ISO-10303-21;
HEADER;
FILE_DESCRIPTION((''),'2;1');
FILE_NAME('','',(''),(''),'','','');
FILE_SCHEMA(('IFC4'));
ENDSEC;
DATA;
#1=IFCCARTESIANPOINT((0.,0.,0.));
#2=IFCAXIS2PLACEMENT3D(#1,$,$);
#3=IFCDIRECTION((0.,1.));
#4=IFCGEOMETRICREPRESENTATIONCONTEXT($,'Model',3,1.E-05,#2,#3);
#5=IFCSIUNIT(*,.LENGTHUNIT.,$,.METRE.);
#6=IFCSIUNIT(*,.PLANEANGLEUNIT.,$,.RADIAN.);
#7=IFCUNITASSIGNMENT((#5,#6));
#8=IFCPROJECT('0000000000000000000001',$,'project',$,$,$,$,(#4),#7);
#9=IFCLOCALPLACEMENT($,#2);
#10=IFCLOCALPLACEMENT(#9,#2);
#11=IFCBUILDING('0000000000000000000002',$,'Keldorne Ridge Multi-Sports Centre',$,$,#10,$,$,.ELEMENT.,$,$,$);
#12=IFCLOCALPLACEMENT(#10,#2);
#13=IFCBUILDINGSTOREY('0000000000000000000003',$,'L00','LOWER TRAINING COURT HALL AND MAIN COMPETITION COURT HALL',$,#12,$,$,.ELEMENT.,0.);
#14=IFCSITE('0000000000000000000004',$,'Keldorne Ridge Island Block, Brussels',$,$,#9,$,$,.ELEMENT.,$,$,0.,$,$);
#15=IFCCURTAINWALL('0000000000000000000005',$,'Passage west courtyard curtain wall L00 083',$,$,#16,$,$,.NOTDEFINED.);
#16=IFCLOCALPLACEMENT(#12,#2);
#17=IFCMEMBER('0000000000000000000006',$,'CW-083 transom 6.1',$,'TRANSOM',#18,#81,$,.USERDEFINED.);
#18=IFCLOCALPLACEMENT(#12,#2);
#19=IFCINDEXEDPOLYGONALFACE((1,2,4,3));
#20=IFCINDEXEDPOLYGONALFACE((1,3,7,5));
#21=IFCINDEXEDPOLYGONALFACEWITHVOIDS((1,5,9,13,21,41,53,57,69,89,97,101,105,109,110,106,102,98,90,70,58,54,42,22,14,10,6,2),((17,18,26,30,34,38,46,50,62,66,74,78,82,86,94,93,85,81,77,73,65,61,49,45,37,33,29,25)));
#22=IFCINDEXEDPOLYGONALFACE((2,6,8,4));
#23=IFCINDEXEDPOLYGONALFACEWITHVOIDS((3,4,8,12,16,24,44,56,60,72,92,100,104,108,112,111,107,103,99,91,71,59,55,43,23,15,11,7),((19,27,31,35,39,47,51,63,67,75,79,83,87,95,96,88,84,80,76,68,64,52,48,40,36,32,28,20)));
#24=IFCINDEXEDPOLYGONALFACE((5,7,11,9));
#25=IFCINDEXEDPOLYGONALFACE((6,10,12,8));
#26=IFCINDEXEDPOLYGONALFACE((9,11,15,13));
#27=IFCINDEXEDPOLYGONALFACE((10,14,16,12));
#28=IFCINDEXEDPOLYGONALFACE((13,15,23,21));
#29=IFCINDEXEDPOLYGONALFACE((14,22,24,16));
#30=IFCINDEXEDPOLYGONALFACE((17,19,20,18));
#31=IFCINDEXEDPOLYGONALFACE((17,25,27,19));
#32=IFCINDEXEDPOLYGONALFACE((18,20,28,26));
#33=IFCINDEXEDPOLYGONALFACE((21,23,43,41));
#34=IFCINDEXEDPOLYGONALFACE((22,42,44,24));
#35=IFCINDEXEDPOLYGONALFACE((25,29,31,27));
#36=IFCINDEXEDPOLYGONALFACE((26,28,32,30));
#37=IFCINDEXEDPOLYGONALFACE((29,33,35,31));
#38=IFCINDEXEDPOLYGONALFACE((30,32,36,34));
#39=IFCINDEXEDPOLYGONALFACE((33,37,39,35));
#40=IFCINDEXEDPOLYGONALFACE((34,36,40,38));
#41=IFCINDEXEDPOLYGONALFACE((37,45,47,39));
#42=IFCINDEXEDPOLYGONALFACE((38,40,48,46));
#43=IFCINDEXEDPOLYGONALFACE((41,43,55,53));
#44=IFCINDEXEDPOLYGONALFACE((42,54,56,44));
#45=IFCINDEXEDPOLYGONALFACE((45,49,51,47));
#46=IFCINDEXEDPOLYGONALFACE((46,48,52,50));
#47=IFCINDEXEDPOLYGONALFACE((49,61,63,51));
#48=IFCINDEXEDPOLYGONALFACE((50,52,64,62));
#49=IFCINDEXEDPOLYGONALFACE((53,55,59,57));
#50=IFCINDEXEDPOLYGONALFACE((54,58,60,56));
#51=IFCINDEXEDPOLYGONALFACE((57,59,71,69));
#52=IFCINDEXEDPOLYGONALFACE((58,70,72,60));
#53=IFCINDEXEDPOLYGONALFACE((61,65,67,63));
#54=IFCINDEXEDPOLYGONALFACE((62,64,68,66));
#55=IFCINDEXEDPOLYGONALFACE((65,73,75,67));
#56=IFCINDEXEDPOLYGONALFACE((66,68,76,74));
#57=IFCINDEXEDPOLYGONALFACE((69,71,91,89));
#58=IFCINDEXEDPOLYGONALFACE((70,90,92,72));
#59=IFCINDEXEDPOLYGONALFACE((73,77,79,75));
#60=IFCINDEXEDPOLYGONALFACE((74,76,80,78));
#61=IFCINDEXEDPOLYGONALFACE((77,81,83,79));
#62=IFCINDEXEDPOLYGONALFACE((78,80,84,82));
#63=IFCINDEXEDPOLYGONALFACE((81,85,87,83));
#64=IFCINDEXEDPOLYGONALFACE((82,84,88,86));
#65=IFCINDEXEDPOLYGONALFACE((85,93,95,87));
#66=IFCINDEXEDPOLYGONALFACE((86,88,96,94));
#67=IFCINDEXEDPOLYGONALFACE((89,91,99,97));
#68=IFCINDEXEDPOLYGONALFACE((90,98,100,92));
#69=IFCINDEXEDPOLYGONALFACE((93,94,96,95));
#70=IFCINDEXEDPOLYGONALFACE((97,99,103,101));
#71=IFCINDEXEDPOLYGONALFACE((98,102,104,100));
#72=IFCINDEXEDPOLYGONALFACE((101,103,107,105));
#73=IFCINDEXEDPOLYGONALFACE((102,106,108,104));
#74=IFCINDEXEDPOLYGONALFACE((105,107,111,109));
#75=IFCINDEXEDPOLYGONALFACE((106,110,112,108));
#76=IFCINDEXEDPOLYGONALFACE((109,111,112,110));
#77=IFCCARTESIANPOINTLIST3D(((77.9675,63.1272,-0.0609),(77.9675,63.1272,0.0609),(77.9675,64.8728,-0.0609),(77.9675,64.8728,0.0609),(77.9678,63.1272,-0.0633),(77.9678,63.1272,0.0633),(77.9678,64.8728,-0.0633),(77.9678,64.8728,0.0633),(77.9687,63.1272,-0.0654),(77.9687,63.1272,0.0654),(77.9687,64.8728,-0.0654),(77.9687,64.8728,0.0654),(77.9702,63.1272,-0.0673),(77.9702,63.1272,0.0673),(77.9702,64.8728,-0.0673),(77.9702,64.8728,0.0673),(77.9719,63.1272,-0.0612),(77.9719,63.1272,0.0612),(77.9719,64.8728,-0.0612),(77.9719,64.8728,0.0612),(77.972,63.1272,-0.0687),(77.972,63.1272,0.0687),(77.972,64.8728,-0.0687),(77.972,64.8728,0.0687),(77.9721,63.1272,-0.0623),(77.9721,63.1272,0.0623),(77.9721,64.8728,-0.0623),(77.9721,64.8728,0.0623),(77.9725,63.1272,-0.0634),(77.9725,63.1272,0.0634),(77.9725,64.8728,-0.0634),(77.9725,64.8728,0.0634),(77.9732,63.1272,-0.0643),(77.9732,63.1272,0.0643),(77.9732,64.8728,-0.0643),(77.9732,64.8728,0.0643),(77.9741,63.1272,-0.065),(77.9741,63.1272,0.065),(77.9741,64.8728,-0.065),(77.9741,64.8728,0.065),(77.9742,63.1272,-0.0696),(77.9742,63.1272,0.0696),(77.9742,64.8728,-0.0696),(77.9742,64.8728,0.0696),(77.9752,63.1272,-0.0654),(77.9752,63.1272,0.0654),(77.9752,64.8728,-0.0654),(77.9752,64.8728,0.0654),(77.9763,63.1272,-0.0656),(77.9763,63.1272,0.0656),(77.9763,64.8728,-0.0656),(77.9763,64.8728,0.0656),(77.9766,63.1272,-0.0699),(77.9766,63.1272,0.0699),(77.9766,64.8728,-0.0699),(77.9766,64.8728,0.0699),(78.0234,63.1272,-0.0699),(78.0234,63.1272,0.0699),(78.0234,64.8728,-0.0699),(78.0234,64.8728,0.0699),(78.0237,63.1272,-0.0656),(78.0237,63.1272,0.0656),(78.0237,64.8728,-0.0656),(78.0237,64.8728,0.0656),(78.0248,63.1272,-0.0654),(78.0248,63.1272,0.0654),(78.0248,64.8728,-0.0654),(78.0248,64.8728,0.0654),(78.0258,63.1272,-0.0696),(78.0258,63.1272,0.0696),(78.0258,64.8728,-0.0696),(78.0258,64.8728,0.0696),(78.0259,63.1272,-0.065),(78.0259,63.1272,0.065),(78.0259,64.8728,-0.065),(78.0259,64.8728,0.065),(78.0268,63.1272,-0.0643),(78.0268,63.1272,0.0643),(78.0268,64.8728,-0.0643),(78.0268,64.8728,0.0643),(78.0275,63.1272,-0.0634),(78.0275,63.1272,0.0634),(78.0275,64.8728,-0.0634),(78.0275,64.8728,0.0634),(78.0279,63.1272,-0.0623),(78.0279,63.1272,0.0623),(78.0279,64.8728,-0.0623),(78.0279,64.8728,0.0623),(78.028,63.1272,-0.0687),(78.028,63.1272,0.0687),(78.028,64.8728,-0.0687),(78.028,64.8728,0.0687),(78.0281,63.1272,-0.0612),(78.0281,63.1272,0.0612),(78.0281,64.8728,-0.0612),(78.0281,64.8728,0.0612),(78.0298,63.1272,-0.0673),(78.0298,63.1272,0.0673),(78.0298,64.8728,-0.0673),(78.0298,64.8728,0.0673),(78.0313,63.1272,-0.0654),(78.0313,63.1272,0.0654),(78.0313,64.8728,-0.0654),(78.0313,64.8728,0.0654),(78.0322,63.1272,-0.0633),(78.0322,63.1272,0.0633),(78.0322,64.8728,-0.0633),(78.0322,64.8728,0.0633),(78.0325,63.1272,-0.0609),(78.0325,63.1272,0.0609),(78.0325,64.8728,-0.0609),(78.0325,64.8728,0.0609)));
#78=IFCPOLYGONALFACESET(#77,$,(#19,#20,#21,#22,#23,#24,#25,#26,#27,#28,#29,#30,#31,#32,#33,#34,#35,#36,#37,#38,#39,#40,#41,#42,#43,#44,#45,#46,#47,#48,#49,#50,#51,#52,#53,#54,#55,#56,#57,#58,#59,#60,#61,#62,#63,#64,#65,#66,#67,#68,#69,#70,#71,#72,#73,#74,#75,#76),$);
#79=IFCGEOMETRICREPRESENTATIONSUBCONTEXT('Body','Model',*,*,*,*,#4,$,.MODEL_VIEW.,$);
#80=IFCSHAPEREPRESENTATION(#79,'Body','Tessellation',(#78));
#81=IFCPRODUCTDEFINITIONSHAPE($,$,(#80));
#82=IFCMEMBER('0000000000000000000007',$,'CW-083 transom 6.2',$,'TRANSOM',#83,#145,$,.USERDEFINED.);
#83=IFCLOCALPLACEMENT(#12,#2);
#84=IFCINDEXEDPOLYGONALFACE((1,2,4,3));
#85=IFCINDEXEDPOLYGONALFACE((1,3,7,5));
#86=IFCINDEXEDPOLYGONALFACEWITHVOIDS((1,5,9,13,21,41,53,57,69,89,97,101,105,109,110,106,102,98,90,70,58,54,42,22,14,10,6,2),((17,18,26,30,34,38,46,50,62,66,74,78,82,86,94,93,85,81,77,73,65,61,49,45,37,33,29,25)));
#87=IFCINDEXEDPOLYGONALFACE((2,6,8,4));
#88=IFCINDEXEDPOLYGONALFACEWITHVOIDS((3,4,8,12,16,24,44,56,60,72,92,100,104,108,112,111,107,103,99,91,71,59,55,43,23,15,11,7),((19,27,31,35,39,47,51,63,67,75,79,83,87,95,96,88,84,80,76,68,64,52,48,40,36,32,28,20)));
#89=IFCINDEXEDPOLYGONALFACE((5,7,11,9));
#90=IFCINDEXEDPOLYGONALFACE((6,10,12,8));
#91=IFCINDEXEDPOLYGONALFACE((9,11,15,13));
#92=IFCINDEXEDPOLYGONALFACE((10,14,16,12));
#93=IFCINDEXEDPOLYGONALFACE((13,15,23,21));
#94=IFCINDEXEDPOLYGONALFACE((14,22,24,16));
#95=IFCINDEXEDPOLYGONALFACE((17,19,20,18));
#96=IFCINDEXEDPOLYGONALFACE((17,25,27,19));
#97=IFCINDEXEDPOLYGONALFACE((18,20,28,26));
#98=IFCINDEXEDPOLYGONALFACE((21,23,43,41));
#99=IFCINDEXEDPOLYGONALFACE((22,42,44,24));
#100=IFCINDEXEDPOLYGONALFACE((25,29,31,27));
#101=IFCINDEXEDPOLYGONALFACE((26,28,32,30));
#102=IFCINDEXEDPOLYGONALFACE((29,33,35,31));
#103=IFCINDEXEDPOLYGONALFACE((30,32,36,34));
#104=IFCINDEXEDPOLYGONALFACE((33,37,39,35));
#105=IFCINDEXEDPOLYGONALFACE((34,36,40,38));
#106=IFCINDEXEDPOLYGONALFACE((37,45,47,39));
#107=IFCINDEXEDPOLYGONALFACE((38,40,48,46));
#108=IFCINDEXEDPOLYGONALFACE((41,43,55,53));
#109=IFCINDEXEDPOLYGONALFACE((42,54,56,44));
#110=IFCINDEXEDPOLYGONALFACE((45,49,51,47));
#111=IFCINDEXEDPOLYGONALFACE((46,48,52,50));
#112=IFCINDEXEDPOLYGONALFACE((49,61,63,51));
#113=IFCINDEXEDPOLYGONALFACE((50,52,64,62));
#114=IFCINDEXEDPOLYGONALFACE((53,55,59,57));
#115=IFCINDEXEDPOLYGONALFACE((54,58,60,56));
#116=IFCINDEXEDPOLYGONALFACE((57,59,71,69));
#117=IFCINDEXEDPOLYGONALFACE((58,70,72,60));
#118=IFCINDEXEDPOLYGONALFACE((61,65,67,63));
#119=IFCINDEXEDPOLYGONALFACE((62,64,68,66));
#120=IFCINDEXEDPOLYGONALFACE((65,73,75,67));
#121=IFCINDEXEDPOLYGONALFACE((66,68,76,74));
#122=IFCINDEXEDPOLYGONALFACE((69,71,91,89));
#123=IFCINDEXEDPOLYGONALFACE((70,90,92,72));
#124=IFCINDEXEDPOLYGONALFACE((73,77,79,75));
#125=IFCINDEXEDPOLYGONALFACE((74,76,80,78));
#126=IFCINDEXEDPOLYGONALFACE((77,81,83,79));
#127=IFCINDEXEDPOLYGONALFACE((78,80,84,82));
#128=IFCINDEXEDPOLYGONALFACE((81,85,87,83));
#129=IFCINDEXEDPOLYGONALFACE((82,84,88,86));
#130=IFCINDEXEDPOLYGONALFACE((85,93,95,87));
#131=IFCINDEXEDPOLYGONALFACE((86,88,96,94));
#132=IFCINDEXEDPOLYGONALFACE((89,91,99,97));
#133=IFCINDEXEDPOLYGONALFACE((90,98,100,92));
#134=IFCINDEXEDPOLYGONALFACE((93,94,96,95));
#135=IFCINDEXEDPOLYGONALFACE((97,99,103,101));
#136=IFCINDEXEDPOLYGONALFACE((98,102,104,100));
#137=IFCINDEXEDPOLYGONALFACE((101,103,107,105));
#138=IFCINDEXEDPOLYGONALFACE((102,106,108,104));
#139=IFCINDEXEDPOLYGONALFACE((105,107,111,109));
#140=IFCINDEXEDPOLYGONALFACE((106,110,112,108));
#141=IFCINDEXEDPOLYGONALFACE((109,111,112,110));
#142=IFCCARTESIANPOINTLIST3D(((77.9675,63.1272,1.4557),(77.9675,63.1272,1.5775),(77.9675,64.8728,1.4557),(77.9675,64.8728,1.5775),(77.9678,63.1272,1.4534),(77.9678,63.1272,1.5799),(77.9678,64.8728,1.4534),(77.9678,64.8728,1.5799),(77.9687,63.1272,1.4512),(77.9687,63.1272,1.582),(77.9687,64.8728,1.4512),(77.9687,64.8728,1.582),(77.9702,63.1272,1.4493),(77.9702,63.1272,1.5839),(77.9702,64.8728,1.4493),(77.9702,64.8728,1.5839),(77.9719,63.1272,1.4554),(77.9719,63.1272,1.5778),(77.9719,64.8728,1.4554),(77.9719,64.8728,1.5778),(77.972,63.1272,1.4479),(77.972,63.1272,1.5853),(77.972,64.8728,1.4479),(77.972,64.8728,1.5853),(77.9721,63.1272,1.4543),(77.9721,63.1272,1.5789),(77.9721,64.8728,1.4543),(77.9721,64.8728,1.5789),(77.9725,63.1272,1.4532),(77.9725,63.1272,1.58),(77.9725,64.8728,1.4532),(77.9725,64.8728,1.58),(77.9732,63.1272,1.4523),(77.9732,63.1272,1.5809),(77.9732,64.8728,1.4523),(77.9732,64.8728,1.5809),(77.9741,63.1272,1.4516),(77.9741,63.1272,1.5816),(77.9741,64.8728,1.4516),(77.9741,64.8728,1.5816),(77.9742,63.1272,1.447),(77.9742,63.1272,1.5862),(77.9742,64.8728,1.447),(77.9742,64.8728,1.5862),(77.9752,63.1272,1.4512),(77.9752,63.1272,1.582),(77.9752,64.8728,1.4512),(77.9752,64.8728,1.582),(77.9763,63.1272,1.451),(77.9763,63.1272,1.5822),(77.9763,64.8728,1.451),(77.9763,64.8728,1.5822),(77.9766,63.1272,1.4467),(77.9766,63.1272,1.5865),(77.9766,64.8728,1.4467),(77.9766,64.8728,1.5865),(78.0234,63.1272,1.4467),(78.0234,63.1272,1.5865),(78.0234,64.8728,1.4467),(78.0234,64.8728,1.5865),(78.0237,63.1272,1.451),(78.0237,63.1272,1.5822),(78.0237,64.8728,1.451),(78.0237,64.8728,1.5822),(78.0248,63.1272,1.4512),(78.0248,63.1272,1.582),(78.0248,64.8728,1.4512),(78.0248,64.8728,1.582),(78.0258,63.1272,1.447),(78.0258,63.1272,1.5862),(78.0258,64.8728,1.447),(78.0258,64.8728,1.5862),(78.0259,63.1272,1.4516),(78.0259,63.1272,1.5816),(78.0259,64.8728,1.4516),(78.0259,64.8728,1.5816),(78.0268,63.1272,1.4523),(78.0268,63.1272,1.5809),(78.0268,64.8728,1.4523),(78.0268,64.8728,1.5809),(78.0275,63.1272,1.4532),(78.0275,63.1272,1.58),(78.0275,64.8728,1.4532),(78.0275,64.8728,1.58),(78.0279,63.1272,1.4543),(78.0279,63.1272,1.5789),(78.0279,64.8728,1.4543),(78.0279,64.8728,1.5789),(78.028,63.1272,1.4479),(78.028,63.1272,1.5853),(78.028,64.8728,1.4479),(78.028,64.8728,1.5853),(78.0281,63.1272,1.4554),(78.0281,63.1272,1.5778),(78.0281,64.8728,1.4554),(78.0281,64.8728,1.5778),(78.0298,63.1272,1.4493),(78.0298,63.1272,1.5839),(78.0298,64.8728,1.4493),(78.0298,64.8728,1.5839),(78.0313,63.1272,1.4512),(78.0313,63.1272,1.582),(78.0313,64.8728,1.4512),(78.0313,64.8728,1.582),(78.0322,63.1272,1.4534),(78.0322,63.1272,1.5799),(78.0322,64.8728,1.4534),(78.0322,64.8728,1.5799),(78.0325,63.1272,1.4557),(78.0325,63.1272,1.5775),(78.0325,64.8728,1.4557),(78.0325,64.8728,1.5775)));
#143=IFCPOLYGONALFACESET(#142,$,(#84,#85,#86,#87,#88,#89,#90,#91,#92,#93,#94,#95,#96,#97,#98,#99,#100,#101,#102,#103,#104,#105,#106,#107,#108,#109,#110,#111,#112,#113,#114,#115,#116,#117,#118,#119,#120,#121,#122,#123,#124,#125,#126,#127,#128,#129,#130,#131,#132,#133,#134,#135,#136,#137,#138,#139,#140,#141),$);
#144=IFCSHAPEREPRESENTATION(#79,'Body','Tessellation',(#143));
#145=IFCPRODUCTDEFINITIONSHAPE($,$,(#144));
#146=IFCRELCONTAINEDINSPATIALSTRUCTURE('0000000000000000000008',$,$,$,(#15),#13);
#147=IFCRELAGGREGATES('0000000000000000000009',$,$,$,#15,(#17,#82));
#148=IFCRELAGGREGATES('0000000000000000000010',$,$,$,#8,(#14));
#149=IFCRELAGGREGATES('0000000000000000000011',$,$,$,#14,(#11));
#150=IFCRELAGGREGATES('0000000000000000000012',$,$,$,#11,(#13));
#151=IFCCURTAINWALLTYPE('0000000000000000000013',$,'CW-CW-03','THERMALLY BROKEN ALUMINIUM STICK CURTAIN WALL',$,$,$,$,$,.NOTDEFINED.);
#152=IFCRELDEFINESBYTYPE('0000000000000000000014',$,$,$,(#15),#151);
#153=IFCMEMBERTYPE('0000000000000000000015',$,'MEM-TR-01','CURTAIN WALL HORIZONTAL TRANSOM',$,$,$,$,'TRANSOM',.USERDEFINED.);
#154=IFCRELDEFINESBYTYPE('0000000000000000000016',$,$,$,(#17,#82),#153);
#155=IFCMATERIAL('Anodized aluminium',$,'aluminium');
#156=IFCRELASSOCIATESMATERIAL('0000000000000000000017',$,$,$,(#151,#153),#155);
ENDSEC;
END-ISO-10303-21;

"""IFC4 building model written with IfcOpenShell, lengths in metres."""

from ifc_helpers import new_model, si_unit, direction, frame, origin, origin_2d, place, context, subcontext, project, spatial, hollow_rectangle, extrude, material, material_profile, profile_set, type_object, element, aggregate, save


model = new_model("IFC4")

# Units and contexts
model_context = context("Model", 3, precision=1e-05, world=origin(), true_north=direction((0.0, 1.0)))
body_context = subcontext(model_context, "Body", "Model", "MODEL_VIEW")
ifc_project = project(units=[si_unit("LENGTHUNIT", "METRE"), si_unit("PLANEANGLEUNIT", "RADIAN")], contexts=[model_context])

# Site, building, storey
site_placement = place(None, origin())
site = spatial("IfcSite", under=ifc_project, at=site_placement, Name="Keldorne Ridge Island Block, Brussels", CompositionType="ELEMENT", RefElevation=0.0)
building_placement = place(site_placement, origin())
building = spatial("IfcBuilding", under=site, at=building_placement, Name="Keldorne Ridge Multi-Sports Centre", CompositionType="ELEMENT")
storey_placement = place(building_placement, origin())
storey = spatial("IfcBuildingStorey", under=building, at=storey_placement, Name="L00", Description="LOWER TRAINING COURT HALL AND MAIN COMPETITION COURT HALL", CompositionType="ELEMENT", Elevation=0.0)

# Curtain wall, members
ifc_material_1 = material(Name="Anodized aluminium", Category="aluminium")
curtain_wall_type = type_object("IfcCurtainWallType", Name="CW-CW-03", Description="THERMALLY BROKEN ALUMINIUM STICK CURTAIN WALL", PredefinedType="NOTDEFINED", material=ifc_material_1)
curtain_wall_placement = place(storey_placement, origin())
curtain_wall = element("IfcCurtainWall", 1, at=curtain_wall_placement, inside=storey, type_object=curtain_wall_type, Name="Passage west courtyard curtain wall L00 083", PredefinedType="NOTDEFINED")
ifc_material_profile_1 = material_profile(ifc_material_1, hollow_rectangle(XDim=0.0649, YDim=0.1399, WallThickness=0.0044, InnerFilletRadius=0.0044, OuterFilletRadius=0.009, at=origin_2d()), Name="ALU TRANSOM 140x65x4.5")
ifc_profile_set_1 = profile_set([ifc_material_profile_1], Name="Anodized aluminium")
member_type_1 = type_object("IfcMemberType", Name="MEM-TR-01", Description="CURTAIN WALL HORIZONTAL TRANSOM", ElementType="TRANSOM", PredefinedType="USERDEFINED", material=ifc_profile_set_1)
member_1_placement = place(storey_placement, frame((78.0, 64.8728, 0.0), z_axis=(0.0, -1.0, 0.0), x_axis=(1.0, 0.0, 0.0)))
member_1 = element("IfcMember", 2, at=member_1_placement, type_object=member_type_1, Name="CW-083 transom 6.1", ObjectType="TRANSOM", PredefinedType="USERDEFINED", context=body_context, shape_type="SweptSolid", body=[
    extrude(hollow_rectangle(XDim=0.0649, YDim=0.1399, WallThickness=0.0044, InnerFilletRadius=0.0044, OuterFilletRadius=0.009, at=origin_2d()), origin(), (0.0, 0.0, 1.0), 1.7456),
])
member_2_placement = place(storey_placement, frame((78.0, 64.8728, 1.5166), z_axis=(0.0, -1.0, 0.0), x_axis=(1.0, 0.0, 0.0)))
member_2 = element("IfcMember", 3, at=member_2_placement, type_object=member_type_1, Name="CW-083 transom 6.2", ObjectType="TRANSOM", PredefinedType="USERDEFINED", context=body_context, shape_type="SweptSolid", body=[
    extrude(hollow_rectangle(XDim=0.0649, YDim=0.1399, WallThickness=0.0044, InnerFilletRadius=0.0044, OuterFilletRadius=0.009, at=origin_2d()), origin(), (0.0, 0.0, 1.0), 1.7456),
])
aggregate(curtain_wall, [member_1, member_2])

save(model, "model.ifc")
